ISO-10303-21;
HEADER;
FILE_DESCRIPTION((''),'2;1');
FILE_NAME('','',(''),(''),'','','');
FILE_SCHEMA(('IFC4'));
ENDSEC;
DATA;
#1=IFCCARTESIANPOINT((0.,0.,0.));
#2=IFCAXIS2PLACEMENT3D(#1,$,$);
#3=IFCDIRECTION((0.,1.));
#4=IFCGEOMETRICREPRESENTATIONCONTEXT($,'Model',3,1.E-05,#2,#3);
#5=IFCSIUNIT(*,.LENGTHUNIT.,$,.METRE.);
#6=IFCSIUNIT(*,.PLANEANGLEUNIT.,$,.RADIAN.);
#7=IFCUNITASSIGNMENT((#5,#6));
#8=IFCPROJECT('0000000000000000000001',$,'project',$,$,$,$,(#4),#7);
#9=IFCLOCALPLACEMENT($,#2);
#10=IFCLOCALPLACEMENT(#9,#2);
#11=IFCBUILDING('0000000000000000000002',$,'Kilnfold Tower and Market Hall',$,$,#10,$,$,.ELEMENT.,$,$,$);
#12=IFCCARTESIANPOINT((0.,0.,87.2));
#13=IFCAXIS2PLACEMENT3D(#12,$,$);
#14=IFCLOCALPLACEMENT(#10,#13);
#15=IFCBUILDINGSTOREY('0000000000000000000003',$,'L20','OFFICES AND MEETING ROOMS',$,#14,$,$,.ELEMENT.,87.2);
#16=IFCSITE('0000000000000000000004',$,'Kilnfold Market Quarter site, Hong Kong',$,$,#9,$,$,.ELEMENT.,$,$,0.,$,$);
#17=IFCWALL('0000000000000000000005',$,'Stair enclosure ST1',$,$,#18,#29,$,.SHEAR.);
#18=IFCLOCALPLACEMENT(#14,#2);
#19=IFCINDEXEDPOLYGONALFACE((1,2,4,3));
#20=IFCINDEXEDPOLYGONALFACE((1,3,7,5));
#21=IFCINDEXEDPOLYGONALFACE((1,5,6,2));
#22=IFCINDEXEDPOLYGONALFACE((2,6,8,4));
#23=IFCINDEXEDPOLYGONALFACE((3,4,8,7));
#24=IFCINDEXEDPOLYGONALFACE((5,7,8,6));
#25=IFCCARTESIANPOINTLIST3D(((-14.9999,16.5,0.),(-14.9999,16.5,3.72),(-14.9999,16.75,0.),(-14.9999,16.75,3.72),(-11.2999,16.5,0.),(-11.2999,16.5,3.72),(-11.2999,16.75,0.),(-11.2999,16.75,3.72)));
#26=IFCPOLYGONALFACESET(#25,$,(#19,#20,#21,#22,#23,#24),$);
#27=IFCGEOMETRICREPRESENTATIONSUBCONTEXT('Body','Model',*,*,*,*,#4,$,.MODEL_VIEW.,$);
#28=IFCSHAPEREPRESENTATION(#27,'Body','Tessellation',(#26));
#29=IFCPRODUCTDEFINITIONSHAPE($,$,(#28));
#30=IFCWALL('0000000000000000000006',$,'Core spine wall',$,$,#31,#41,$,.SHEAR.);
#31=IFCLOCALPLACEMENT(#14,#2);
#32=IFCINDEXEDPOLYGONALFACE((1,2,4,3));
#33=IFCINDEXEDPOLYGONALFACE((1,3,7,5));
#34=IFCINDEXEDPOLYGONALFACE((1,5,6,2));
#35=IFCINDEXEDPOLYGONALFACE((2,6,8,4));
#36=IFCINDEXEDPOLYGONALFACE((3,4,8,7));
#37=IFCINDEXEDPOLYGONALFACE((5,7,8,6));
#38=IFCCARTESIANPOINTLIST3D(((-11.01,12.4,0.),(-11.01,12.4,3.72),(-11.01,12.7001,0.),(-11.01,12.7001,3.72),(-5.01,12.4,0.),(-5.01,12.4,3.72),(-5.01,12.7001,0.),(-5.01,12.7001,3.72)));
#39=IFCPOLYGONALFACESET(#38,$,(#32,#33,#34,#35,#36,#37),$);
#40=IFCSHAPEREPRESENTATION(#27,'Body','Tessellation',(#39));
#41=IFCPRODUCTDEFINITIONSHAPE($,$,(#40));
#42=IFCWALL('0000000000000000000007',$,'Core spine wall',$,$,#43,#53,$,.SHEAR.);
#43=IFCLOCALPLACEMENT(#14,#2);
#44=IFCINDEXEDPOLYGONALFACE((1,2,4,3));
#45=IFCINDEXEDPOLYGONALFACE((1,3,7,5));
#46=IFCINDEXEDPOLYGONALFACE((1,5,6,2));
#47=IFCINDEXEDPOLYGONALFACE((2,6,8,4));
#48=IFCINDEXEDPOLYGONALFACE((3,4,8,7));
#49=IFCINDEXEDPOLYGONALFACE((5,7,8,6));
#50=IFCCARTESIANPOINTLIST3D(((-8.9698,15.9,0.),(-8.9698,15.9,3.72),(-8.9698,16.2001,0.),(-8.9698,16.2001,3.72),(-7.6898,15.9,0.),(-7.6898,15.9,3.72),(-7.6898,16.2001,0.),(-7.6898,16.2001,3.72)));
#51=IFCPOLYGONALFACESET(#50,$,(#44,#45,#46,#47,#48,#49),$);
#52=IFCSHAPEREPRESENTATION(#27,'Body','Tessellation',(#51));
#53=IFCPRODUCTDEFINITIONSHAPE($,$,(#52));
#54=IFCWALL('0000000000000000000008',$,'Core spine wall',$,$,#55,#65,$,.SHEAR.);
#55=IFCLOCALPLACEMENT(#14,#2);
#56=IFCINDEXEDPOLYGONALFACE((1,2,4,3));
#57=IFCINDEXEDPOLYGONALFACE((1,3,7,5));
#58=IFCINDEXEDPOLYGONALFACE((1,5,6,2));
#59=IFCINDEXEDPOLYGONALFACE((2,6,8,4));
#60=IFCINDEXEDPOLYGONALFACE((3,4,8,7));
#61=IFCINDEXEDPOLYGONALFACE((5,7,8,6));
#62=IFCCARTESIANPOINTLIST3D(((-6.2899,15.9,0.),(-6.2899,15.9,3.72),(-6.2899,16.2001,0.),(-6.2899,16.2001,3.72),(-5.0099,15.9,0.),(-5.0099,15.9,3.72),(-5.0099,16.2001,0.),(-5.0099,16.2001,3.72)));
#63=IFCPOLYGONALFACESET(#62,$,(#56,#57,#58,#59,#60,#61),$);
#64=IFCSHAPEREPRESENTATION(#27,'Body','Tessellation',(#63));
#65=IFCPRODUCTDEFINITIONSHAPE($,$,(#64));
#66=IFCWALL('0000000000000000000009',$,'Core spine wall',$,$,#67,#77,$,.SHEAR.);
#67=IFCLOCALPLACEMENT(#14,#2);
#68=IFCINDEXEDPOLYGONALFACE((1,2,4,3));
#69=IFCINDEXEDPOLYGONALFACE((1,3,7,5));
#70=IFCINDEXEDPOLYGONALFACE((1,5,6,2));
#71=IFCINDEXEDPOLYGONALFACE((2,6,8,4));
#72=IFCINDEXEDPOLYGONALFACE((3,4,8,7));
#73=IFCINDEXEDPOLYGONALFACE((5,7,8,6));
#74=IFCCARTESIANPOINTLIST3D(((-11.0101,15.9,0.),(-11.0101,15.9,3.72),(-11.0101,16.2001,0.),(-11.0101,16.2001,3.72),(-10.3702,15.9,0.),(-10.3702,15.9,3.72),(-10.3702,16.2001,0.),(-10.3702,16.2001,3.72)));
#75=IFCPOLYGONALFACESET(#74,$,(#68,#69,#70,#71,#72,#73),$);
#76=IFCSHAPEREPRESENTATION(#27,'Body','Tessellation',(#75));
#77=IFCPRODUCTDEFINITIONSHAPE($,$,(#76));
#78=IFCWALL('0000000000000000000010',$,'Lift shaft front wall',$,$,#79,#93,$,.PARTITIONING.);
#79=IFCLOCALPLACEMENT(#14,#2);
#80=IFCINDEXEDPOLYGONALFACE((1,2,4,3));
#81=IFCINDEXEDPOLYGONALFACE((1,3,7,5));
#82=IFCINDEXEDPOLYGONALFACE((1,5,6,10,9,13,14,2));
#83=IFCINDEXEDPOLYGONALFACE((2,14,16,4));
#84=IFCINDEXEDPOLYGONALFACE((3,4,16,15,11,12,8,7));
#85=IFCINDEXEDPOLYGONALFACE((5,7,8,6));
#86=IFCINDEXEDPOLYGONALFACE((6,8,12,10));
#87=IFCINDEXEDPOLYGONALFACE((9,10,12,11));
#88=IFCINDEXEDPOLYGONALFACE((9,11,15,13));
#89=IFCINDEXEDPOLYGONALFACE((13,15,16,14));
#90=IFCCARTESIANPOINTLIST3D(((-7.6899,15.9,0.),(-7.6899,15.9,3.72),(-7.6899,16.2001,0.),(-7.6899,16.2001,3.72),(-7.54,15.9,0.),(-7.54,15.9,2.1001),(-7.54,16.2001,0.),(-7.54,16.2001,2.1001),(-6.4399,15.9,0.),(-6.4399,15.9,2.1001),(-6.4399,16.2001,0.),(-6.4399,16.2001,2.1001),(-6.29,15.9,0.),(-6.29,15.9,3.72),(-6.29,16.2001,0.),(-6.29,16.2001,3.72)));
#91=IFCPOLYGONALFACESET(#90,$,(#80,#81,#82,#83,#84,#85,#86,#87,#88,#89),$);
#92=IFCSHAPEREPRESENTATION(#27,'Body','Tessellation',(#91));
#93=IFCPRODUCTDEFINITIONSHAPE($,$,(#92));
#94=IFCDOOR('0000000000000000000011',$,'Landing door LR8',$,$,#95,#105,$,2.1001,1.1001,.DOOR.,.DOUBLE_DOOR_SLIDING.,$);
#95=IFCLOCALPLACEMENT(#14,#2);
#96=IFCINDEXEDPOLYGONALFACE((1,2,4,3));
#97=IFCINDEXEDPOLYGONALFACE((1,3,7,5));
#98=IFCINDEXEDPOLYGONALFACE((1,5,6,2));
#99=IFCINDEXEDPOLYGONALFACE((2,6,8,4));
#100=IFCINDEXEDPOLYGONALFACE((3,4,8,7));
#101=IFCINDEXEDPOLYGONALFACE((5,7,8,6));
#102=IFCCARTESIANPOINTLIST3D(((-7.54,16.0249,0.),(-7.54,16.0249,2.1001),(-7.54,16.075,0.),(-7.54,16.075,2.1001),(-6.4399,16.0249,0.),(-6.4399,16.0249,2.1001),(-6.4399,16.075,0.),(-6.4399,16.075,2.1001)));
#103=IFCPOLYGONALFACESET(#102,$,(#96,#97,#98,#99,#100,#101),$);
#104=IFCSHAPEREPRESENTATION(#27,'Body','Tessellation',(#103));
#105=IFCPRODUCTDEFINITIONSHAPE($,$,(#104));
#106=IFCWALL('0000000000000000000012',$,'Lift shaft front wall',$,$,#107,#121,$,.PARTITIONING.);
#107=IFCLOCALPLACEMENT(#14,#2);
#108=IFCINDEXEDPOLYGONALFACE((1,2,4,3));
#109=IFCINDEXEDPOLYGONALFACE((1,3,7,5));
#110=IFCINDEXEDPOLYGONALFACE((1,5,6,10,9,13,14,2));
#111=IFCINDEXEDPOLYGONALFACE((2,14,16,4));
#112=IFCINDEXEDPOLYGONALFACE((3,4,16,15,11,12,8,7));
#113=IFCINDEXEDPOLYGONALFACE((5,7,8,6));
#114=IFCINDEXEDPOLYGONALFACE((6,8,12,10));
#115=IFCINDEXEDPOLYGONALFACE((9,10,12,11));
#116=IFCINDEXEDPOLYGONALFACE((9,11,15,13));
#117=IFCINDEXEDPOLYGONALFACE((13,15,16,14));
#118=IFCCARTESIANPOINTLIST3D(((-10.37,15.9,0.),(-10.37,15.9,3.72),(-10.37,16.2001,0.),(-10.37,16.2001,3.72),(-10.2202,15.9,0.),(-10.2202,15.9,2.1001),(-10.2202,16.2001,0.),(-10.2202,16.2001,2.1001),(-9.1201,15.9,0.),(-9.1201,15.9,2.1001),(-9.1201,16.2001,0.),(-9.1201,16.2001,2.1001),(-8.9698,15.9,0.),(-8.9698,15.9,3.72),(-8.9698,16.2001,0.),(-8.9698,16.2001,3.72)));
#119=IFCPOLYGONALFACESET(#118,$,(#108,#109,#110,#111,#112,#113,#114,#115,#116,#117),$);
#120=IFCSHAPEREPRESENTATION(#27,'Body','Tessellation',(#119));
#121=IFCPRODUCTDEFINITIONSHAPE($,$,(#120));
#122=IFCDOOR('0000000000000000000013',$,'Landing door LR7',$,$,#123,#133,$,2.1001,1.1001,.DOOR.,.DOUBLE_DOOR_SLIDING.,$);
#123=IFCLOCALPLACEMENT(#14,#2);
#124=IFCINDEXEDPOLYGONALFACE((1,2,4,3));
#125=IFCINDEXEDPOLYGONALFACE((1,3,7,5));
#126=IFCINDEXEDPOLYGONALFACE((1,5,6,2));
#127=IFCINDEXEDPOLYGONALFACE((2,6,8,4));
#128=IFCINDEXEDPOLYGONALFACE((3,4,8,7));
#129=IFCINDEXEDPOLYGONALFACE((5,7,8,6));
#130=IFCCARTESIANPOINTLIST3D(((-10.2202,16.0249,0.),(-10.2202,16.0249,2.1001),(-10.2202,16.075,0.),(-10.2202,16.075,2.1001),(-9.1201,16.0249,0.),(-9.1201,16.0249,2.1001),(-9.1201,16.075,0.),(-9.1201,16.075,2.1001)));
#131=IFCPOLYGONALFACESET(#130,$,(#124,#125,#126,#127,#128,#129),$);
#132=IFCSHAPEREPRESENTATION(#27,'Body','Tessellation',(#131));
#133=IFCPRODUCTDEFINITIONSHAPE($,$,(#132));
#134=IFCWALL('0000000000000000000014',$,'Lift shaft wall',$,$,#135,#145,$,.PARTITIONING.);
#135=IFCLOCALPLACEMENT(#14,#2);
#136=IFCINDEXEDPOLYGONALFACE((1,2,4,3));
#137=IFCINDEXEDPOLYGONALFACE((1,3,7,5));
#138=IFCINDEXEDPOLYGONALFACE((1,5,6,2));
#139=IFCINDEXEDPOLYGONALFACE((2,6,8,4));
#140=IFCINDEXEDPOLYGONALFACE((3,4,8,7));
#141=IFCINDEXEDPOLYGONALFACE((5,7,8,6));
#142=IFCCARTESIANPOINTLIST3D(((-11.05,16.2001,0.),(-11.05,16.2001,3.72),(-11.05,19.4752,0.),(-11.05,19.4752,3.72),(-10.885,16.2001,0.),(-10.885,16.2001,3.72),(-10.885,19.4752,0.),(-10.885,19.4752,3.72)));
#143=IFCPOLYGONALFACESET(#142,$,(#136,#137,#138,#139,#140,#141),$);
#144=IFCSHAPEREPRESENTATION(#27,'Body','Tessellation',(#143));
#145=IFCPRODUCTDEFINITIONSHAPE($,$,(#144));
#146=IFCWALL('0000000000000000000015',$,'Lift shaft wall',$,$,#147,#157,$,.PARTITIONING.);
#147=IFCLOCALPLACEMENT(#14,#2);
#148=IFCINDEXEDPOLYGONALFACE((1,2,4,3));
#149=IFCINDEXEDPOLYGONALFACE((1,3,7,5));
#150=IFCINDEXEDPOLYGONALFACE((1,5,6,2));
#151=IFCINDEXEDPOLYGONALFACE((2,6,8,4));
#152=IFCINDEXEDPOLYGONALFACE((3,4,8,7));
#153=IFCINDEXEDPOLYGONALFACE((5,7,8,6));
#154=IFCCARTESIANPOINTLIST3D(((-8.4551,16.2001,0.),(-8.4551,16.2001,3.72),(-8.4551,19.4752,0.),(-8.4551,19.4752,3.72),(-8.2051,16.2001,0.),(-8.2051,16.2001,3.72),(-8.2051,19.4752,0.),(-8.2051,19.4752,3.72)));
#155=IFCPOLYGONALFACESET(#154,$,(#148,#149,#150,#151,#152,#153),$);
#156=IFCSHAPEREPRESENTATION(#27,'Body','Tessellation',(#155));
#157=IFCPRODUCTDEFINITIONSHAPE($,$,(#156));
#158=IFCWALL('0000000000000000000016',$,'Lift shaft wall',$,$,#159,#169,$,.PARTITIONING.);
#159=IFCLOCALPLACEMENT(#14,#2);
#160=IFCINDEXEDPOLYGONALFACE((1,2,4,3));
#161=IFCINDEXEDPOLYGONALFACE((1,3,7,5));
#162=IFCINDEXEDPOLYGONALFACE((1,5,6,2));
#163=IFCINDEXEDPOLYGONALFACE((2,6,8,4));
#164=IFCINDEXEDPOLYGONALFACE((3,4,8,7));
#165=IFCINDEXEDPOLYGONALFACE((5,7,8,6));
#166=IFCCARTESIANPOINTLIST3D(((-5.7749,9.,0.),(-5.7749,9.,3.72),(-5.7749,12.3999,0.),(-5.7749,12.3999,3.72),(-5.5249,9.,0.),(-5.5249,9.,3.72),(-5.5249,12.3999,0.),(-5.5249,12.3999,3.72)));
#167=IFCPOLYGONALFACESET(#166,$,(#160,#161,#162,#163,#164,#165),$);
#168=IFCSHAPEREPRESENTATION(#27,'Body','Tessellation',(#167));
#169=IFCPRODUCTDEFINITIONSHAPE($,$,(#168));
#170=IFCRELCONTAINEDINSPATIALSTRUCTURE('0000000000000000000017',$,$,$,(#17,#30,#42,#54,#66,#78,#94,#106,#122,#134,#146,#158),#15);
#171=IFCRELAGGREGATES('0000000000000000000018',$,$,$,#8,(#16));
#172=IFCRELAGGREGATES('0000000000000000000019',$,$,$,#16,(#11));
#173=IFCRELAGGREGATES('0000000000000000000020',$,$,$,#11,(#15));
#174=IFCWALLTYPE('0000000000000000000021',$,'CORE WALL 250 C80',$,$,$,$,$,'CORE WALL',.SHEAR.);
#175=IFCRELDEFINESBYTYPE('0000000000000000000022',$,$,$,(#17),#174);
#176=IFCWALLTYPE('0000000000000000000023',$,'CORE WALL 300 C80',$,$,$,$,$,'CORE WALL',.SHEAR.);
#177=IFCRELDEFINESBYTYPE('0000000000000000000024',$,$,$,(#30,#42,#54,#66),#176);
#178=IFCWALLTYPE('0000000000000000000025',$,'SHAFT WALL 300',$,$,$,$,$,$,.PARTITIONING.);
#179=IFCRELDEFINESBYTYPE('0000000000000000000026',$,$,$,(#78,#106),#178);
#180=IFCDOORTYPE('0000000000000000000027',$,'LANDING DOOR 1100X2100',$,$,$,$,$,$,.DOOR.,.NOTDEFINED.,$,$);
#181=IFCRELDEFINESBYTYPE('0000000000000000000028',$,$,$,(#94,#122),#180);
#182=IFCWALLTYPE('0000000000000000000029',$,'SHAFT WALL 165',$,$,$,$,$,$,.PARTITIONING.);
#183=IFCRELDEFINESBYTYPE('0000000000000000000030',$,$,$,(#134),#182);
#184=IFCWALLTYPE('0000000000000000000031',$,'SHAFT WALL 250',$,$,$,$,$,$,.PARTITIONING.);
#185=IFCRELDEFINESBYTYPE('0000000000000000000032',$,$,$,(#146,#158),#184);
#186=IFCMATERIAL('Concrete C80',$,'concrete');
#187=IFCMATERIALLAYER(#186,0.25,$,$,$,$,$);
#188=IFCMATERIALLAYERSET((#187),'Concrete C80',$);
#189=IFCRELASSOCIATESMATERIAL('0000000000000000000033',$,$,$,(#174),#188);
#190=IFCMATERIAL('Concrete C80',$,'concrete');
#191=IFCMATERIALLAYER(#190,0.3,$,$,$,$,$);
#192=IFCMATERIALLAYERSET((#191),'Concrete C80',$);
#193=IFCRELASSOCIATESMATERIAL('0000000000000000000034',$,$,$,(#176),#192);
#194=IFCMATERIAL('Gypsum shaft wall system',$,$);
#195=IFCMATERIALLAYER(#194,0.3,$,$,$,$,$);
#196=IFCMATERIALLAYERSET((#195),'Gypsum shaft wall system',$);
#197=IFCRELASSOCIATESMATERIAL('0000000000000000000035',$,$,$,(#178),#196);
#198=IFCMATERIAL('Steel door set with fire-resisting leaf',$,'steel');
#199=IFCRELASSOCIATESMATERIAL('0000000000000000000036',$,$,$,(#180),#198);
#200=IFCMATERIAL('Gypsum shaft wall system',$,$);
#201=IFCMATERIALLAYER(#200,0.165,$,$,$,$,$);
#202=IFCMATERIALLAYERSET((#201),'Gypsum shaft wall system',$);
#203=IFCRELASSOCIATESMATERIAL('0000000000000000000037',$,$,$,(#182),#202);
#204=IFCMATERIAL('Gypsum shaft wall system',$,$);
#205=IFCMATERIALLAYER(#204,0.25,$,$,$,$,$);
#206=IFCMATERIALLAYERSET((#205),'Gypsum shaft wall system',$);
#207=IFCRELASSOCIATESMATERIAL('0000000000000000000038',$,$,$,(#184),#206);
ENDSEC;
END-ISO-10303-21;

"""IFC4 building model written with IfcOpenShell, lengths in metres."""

from ifc_helpers import new_model, si_unit, direction, frame, frame_2d, origin, place, context, subcontext, project, spatial, rectangle, extrude, source, transform, mapped, material, layer, layer_set, type_object, element, fill, save


model = new_model("IFC4")

# Units and contexts
model_context = context("Model", 3, precision=1e-05, world=origin(), true_north=direction((0.0, 1.0)))
body_context = subcontext(model_context, "Body", "Model", "MODEL_VIEW")
ifc_project = project(units=[si_unit("LENGTHUNIT", "METRE"), si_unit("PLANEANGLEUNIT", "RADIAN")], contexts=[model_context])

# Site, building, storey
site_placement = place(None, origin())
site = spatial("IfcSite", under=ifc_project, at=site_placement, Name="Kilnfold Market Quarter site, Hong Kong", CompositionType="ELEMENT", RefElevation=0.0)
building_placement = place(site_placement, origin())
building = spatial("IfcBuilding", under=site, at=building_placement, Name="Kilnfold Tower and Market Hall", CompositionType="ELEMENT")
storey_placement = place(building_placement, frame((0.0, 0.0, 87.2)))
storey = spatial("IfcBuildingStorey", under=building, at=storey_placement, Name="L20", Description="OFFICES AND MEETING ROOMS", CompositionType="ELEMENT", Elevation=87.2)

# Walls
ifc_material_1 = material(Name="Concrete C80", Category="concrete")
ifc_layer_1 = layer(ifc_material_1, 0.25)
ifc_layer_set_1 = layer_set([ifc_layer_1], Name="Concrete C80")
wall_type_1 = type_object("IfcWallType", Name="CORE WALL 250 C80", ElementType="CORE WALL", PredefinedType="SHEAR", material=ifc_layer_set_1)
shared_shape_1 = source(origin(), body_context, "Body", "SweptSolid", [
    extrude(rectangle(XDim=3.7, YDim=0.25, at=frame_2d((1.8501, 0.0))), origin(), (0.0, 0.0, 1.0), 3.72),
])
wall_1_placement = place(storey_placement, frame((-15.0, 16.625, 0.0), z_axis=(0.0, 0.0, 1.0), x_axis=(1.0, 0.0, 0.0)))
element("IfcWall", 1, at=wall_1_placement, inside=storey, type_object=wall_type_1, Name="Stair enclosure ST1", PredefinedType="SHEAR", context=body_context, shape_type="MappedRepresentation", body=[
    mapped(shared_shape_1, transform((0.0, 0.0, 0.0))),
])
ifc_material_2 = material(Name="Concrete C80", Category="concrete")
ifc_layer_2 = layer(ifc_material_2, 0.3)
ifc_layer_set_2 = layer_set([ifc_layer_2], Name="Concrete C80")
wall_type_2 = type_object("IfcWallType", Name="CORE WALL 300 C80", ElementType="CORE WALL", PredefinedType="SHEAR", material=ifc_layer_set_2)
shared_shape_2 = source(origin(), body_context, "Body", "SweptSolid", [
    extrude(rectangle(XDim=6.0, YDim=0.3, at=frame_2d((3.0, 0.0))), origin(), (0.0, 0.0, 1.0), 3.72),
])
wall_2_placement = place(storey_placement, frame((-11.01, 12.55, 0.0), z_axis=(0.0, 0.0, 1.0), x_axis=(1.0, 0.0, 0.0)))
element("IfcWall", 2, at=wall_2_placement, inside=storey, type_object=wall_type_2, Name="Core spine wall", PredefinedType="SHEAR", context=body_context, shape_type="MappedRepresentation", body=[
    mapped(shared_shape_2, transform((0.0, 0.0, 0.0))),
])
shared_shape_3 = source(origin(), body_context, "Body", "SweptSolid", [
    extrude(rectangle(XDim=1.28, YDim=0.3, at=frame_2d((0.6401, 0.0))), origin(), (0.0, 0.0, 1.0), 3.72),
])
for number, where, z_axis, x_axis, name in (
    (3, (-8.97, 16.05, 0.0), (0.0, 0.0, 1.0), (1.0, 0.0, 0.0), "Core spine wall"),
    (4, (-6.29, 16.05, 0.0), (0.0, 0.0, 1.0), (1.0, 0.0, 0.0), "Core spine wall"),
):
    element("IfcWall", number, at=place(storey_placement, frame(where, z_axis=z_axis, x_axis=x_axis)), inside=storey, type_object=wall_type_2, Name=name, PredefinedType="SHEAR", context=body_context, shape_type="MappedRepresentation", body=[
        mapped(shared_shape_3, transform((0.0, 0.0, 0.0))),
    ])
shared_shape_4 = source(origin(), body_context, "Body", "SweptSolid", [
    extrude(rectangle(XDim=0.6399, YDim=0.3, at=frame_2d((0.3198, 0.0))), origin(), (0.0, 0.0, 1.0), 3.72),
])
wall_3_placement = place(storey_placement, frame((-11.01, 16.05, 0.0), z_axis=(0.0, 0.0, 1.0), x_axis=(1.0, 0.0, 0.0)))
element("IfcWall", 5, at=wall_3_placement, inside=storey, type_object=wall_type_2, Name="Core spine wall", PredefinedType="SHEAR", context=body_context, shape_type="MappedRepresentation", body=[
    mapped(shared_shape_4, transform((0.0, 0.0, 0.0))),
])

# Walls, openings, doors
ifc_material_3 = material(Name="Gypsum shaft wall system")
ifc_layer_3 = layer(ifc_material_3, 0.3)
ifc_layer_set_3 = layer_set([ifc_layer_3], Name="Gypsum shaft wall system")
wall_type_3 = type_object("IfcWallType", Name="SHAFT WALL 300", PredefinedType="PARTITIONING", material=ifc_layer_set_3)
shared_shape_5 = source(origin(), body_context, "Body", "SweptSolid", [
    extrude(rectangle(XDim=1.3999, YDim=0.3, at=frame_2d((0.7, 0.0))), origin(), (0.0, 0.0, 1.0), 3.72),
])
wall_4_placement = place(storey_placement, frame((-7.6899, 16.05, 0.0), z_axis=(0.0, 0.0, 1.0), x_axis=(1.0, 0.0, 0.0)))
wall_4 = element("IfcWall", 6, at=wall_4_placement, inside=storey, type_object=wall_type_3, Name="Lift shaft front wall", PredefinedType="PARTITIONING", context=body_context, shape_type="MappedRepresentation", body=[
    mapped(shared_shape_5, transform((0.0, 0.0, 0.0))),
])
opening_1_placement = place(wall_4_placement, frame((0.1499, 0.0, 0.0)))
opening_1 = element("IfcOpeningElement", 7, at=opening_1_placement, cuts=wall_4, PredefinedType="OPENING", context=body_context, shape_type="SweptSolid", body=[
    extrude(rectangle(XDim=1.1001, YDim=2.1001, at=frame_2d((0.55, 1.05))), frame((0.0, 0.1602, 0.0), z_axis=(0.0, -1.0, 0.0), x_axis=(1.0, 0.0, 0.0)), (0.0, 0.0, 1.0), 0.3201),
])
ifc_material_4 = material(Name="Steel door set with fire-resisting leaf", Category="steel")
door_type = type_object("IfcDoorType", Name="LANDING DOOR 1100X2100", OperationType="NOTDEFINED", PredefinedType="DOOR", material=ifc_material_4)
door_1_placement = place(opening_1_placement, origin())
door_1 = element("IfcDoor", 8, at=door_1_placement, inside=storey, type_object=door_type, Name="Landing door LR8", OperationType="DOUBLE_DOOR_SLIDING", OverallHeight=2.1001, OverallWidth=1.1001, PredefinedType="DOOR", context=body_context, shape_type="SweptSolid", body=[
    extrude(rectangle(XDim=1.1001, YDim=2.1001, at=frame_2d((0.55, 1.05))), frame((0.0, 0.0249, 0.0), z_axis=(0.0, -1.0, 0.0), x_axis=(1.0, 0.0, 0.0)), (0.0, 0.0, 1.0), 0.05),
])
fill(opening_1, door_1)
shared_shape_6 = source(origin(), body_context, "Body", "SweptSolid", [
    extrude(rectangle(XDim=1.4001, YDim=0.3, at=frame_2d((0.7002, 0.0))), origin(), (0.0, 0.0, 1.0), 3.72),
])
wall_5_placement = place(storey_placement, frame((-10.3701, 16.05, 0.0), z_axis=(0.0, 0.0, 1.0), x_axis=(1.0, 0.0, 0.0)))
wall_5 = element("IfcWall", 9, at=wall_5_placement, inside=storey, type_object=wall_type_3, Name="Lift shaft front wall", PredefinedType="PARTITIONING", context=body_context, shape_type="MappedRepresentation", body=[
    mapped(shared_shape_6, transform((0.0, 0.0, 0.0))),
])
opening_2_placement = place(wall_5_placement, frame((0.1499, 0.0, 0.0)))
opening_2 = element("IfcOpeningElement", 10, at=opening_2_placement, cuts=wall_5, PredefinedType="OPENING", context=body_context, shape_type="SweptSolid", body=[
    extrude(rectangle(XDim=1.1001, YDim=2.1001, at=frame_2d((0.55, 1.05))), frame((0.0, 0.1602, 0.0), z_axis=(0.0, -1.0, 0.0), x_axis=(1.0, 0.0, 0.0)), (0.0, 0.0, 1.0), 0.3201),
])
door_2_placement = place(opening_2_placement, origin())
door_2 = element("IfcDoor", 11, at=door_2_placement, inside=storey, type_object=door_type, Name="Landing door LR7", OperationType="DOUBLE_DOOR_SLIDING", OverallHeight=2.1001, OverallWidth=1.1001, PredefinedType="DOOR", context=body_context, shape_type="SweptSolid", body=[
    extrude(rectangle(XDim=1.1001, YDim=2.1001, at=frame_2d((0.55, 1.05))), frame((0.0, 0.0249, 0.0), z_axis=(0.0, -1.0, 0.0), x_axis=(1.0, 0.0, 0.0)), (0.0, 0.0, 1.0), 0.05),
])
fill(opening_2, door_2)

# Walls
ifc_material_5 = material(Name="Gypsum shaft wall system")
ifc_layer_4 = layer(ifc_material_5, 0.165)
ifc_layer_set_4 = layer_set([ifc_layer_4], Name="Gypsum shaft wall system")
wall_type_4 = type_object("IfcWallType", Name="SHAFT WALL 165", PredefinedType="PARTITIONING", material=ifc_layer_set_4)
shared_shape_7 = source(origin(), body_context, "Body", "SweptSolid", [
    extrude(rectangle(XDim=3.2751, YDim=0.165, at=frame_2d((1.6377, 0.0))), origin(), (0.0, 0.0, 1.0), 3.72),
])
wall_6_placement = place(storey_placement, frame((-10.9675, 16.2, 0.0), z_axis=(0.0, 0.0, 1.0), x_axis=(0.0, 1.0, 0.0)))
element("IfcWall", 12, at=wall_6_placement, inside=storey, type_object=wall_type_4, Name="Lift shaft wall", PredefinedType="PARTITIONING", context=body_context, shape_type="MappedRepresentation", body=[
    mapped(shared_shape_7, transform((0.0, 0.0, 0.0))),
])
ifc_material_6 = material(Name="Gypsum shaft wall system")
ifc_layer_5 = layer(ifc_material_6, 0.25)
ifc_layer_set_5 = layer_set([ifc_layer_5], Name="Gypsum shaft wall system")
wall_type_5 = type_object("IfcWallType", Name="SHAFT WALL 250", PredefinedType="PARTITIONING", material=ifc_layer_set_5)
shared_shape_8 = source(origin(), body_context, "Body", "SweptSolid", [
    extrude(rectangle(XDim=3.2751, YDim=0.25, at=frame_2d((1.6377, 0.0))), origin(), (0.0, 0.0, 1.0), 3.72),
])
wall_7_placement = place(storey_placement, frame((-8.3301, 16.2, 0.0), z_axis=(0.0, 0.0, 1.0), x_axis=(0.0, 1.0, 0.0)))
element("IfcWall", 13, at=wall_7_placement, inside=storey, type_object=wall_type_5, Name="Lift shaft wall", PredefinedType="PARTITIONING", context=body_context, shape_type="MappedRepresentation", body=[
    mapped(shared_shape_8, transform((0.0, 0.0, 0.0))),
])
shared_shape_9 = source(origin(), body_context, "Body", "SweptSolid", [
    extrude(rectangle(XDim=3.3999, YDim=0.25, at=frame_2d((1.7, 0.0))), origin(), (0.0, 0.0, 1.0), 3.72),
])
for number, where, z_axis, x_axis, name in (
    (14, (-5.6499, 9.0, 0.0), (0.0, 0.0, 1.0), (0.0, 1.0, 0.0), "Lift shaft wall"),
):
    element("IfcWall", number, at=place(storey_placement, frame(where, z_axis=z_axis, x_axis=x_axis)), inside=storey, type_object=wall_type_5, Name=name, PredefinedType="PARTITIONING", context=body_context, shape_type="MappedRepresentation", body=[
        mapped(shared_shape_9, transform((0.0, 0.0, 0.0))),
    ])

save(model, "model.ifc")
